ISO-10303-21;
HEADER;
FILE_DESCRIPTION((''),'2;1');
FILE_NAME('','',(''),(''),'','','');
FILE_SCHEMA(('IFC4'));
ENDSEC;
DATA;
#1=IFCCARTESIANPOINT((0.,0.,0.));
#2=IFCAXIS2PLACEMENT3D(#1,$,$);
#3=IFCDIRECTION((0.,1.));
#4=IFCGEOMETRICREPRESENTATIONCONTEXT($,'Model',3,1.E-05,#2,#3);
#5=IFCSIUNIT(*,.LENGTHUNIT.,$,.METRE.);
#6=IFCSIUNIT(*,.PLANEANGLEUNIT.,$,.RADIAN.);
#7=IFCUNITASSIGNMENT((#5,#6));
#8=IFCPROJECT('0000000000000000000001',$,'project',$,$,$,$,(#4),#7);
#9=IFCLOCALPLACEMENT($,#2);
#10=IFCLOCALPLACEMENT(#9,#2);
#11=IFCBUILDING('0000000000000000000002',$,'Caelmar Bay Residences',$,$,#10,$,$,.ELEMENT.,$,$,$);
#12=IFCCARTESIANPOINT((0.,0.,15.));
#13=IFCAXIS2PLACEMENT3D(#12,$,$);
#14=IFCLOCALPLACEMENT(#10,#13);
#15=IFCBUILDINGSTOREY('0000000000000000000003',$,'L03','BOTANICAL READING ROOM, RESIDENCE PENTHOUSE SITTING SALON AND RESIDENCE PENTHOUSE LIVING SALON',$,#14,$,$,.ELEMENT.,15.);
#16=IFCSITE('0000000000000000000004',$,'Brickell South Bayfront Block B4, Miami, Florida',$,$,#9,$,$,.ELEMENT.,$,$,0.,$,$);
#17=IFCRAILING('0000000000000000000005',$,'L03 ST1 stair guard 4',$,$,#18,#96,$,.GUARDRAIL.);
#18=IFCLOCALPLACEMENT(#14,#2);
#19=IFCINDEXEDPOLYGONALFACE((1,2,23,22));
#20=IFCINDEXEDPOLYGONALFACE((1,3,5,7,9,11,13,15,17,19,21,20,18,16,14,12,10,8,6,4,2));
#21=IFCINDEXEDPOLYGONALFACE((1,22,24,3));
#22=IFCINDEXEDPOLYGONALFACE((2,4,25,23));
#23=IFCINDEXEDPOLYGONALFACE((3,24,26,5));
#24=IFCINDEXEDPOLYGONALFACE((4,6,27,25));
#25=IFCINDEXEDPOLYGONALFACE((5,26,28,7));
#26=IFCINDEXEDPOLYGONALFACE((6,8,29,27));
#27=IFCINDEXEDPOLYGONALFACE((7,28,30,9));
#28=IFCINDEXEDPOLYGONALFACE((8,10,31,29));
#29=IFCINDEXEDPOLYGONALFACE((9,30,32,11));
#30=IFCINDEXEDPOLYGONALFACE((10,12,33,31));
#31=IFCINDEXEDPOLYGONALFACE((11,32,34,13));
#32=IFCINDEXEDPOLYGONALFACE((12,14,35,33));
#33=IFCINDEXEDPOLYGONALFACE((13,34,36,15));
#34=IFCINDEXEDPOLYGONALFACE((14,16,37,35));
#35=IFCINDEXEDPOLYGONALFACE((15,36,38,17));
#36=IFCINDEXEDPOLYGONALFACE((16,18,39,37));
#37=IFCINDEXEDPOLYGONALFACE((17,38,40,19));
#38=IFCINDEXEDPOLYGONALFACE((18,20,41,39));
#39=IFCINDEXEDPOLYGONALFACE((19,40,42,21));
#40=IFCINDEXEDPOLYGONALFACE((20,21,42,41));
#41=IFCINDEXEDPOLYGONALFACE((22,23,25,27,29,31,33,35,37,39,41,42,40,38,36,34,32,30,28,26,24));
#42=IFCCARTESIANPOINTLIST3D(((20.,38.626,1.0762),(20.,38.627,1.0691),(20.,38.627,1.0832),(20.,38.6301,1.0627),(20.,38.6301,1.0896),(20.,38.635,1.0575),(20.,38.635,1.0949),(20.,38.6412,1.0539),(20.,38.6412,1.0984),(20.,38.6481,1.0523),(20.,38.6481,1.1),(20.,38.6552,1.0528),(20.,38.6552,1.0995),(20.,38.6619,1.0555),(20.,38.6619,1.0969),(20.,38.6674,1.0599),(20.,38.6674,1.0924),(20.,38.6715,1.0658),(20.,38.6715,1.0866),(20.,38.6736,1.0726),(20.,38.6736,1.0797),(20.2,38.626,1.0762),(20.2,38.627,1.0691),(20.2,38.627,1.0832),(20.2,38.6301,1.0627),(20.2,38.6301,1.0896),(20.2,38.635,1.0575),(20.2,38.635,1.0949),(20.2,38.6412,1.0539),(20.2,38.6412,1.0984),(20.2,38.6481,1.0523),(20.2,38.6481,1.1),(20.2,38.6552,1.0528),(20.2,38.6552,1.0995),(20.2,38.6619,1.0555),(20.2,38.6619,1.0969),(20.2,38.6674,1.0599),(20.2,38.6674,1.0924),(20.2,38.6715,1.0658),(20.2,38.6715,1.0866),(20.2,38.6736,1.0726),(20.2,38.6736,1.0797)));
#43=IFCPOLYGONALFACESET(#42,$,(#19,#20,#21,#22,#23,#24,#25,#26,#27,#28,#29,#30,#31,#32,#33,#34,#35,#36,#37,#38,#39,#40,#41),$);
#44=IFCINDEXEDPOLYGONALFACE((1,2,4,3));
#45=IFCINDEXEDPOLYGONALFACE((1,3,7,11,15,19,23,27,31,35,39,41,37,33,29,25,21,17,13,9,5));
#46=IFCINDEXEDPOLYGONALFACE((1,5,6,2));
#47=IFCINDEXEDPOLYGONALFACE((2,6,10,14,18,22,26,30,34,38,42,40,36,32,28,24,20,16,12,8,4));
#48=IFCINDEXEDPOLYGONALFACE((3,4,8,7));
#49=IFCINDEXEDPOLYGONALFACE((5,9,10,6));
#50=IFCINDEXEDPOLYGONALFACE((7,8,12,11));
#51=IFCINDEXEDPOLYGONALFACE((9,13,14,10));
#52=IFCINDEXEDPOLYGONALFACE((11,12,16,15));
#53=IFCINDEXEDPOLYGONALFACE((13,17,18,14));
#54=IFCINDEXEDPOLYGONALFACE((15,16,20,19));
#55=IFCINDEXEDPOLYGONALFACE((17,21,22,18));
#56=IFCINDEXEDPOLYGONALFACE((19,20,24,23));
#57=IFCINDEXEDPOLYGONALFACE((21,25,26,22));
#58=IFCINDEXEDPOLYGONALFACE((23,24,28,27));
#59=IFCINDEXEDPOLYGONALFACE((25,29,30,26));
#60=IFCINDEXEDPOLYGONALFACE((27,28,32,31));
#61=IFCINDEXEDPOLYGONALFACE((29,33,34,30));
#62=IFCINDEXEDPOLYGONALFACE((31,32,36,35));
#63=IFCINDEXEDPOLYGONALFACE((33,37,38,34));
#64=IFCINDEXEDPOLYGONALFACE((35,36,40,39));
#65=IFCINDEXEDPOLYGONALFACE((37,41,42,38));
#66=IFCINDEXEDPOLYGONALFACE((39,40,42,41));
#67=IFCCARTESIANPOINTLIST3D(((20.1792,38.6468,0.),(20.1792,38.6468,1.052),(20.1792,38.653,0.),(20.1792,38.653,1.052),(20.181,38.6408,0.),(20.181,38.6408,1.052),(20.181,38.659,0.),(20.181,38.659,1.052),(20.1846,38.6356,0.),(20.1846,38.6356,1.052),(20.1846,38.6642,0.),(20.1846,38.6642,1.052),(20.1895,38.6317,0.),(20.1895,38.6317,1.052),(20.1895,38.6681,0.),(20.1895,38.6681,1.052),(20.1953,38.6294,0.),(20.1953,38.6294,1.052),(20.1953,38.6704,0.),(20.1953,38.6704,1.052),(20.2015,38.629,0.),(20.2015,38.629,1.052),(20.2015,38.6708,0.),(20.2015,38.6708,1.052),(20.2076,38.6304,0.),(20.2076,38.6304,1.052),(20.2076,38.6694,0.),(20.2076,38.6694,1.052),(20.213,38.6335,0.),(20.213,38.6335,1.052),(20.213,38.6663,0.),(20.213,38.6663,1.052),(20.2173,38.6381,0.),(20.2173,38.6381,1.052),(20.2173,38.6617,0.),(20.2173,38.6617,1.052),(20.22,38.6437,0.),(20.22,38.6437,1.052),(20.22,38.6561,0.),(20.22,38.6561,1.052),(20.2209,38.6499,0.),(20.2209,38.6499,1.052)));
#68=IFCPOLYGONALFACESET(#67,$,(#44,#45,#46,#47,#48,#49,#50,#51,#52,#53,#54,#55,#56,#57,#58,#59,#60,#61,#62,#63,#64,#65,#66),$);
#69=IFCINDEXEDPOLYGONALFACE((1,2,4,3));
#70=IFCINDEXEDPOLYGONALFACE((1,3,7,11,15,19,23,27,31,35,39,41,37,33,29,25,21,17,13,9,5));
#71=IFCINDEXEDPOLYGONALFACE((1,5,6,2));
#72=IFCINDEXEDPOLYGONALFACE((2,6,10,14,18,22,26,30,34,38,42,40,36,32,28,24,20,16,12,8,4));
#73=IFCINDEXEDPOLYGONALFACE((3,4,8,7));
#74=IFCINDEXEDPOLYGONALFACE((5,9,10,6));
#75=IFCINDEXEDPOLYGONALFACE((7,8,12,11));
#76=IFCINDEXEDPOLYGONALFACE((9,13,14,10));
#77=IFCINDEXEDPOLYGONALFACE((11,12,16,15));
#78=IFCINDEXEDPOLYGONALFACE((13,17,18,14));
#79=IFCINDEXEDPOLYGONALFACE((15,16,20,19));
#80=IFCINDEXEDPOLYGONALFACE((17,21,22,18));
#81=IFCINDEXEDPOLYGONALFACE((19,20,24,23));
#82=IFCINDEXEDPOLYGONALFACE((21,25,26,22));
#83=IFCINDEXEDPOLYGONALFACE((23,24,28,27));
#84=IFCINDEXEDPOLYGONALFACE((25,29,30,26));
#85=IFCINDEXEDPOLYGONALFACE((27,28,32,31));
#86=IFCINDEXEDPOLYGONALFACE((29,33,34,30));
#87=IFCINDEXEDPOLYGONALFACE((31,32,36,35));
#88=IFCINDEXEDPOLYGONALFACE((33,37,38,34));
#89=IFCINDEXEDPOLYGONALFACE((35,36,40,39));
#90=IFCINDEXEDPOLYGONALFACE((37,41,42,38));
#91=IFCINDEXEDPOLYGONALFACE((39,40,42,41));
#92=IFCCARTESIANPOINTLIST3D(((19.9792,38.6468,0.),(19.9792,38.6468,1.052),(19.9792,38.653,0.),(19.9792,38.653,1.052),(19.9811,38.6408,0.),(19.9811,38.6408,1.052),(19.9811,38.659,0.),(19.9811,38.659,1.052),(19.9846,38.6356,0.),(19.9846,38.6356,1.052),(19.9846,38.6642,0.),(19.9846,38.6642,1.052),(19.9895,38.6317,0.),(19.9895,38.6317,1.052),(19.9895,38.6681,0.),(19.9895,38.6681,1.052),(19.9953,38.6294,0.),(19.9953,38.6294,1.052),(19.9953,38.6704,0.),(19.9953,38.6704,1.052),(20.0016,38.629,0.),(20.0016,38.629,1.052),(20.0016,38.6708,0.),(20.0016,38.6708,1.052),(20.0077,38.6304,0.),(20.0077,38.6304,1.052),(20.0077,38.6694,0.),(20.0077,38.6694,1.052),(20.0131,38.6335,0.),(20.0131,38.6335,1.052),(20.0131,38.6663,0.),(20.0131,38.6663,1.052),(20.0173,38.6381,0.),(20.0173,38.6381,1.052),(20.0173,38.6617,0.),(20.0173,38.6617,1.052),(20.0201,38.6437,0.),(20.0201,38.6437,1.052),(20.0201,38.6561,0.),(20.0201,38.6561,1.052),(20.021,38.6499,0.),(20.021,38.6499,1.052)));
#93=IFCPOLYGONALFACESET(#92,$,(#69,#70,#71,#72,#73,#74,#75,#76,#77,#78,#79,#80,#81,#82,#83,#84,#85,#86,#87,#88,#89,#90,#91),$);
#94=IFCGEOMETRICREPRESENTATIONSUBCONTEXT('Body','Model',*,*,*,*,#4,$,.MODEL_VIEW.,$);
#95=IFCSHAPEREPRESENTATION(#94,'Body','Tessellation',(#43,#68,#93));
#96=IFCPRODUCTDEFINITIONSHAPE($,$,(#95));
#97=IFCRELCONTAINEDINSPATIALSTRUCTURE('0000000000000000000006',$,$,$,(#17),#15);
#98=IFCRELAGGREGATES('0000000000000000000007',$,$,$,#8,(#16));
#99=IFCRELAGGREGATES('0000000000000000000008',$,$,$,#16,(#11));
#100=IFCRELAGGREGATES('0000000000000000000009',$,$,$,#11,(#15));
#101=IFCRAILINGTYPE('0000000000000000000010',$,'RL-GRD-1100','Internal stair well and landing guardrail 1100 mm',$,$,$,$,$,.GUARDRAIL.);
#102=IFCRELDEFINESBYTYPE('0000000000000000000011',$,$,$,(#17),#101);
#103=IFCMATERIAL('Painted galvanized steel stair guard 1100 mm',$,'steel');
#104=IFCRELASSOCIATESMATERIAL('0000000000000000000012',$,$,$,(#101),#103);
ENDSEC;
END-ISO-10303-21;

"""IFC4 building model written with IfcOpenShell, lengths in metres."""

from ifc_helpers import new_model, si_unit, direction, frame, origin, origin_2d, place, context, subcontext, project, spatial, circle, extrude, material, type_object, element, save


model = new_model("IFC4")

# Units and contexts
model_context = context("Model", 3, precision=1e-05, world=origin(), true_north=direction((0.0, 1.0)))
body_context = subcontext(model_context, "Body", "Model", "MODEL_VIEW")
ifc_project = project(units=[si_unit("LENGTHUNIT", "METRE"), si_unit("PLANEANGLEUNIT", "RADIAN")], contexts=[model_context])

# Site, building, storey
site_placement = place(None, origin())
site = spatial("IfcSite", under=ifc_project, at=site_placement, Name="Brickell South Bayfront Block B4, Miami, Florida", CompositionType="ELEMENT", RefElevation=0.0)
building_placement = place(site_placement, origin())
building = spatial("IfcBuilding", under=site, at=building_placement, Name="Caelmar Bay Residences", CompositionType="ELEMENT")
storey_placement = place(building_placement, frame((0.0, 0.0, 15.0)))
storey = spatial("IfcBuildingStorey", under=building, at=storey_placement, Name="L03", Description="BOTANICAL READING ROOM, RESIDENCE PENTHOUSE SITTING SALON AND RESIDENCE PENTHOUSE LIVING SALON", CompositionType="ELEMENT", Elevation=15.0)

# Railing
ifc_material_1 = material(Name="Painted galvanized steel stair guard 1100 mm", Category="steel")
railing_type_1 = type_object("IfcRailingType", Name="RL-GRD-1100", Description="Internal stair well and landing guardrail 1100 mm", PredefinedType="GUARDRAIL", material=ifc_material_1)
railing_1_placement = place(storey_placement, frame((20.2, 38.6499, 0.0)))
element("IfcRailing", 1, at=railing_1_placement, inside=storey, type_object=railing_type_1, Name="L03 ST1 stair guard 4", PredefinedType="GUARDRAIL", context=body_context, shape_type="SweptSolid", body=[
    extrude(circle(Radius=0.0239, at=origin_2d()), frame((0.0, 0.0, 1.0762), z_axis=(-1.0, 0.0, 0.0), x_axis=(0.0, -1.0, 0.0)), (0.0, 0.0, 1.0), 0.2),
    extrude(circle(Radius=0.021, at=origin_2d()), origin(), (0.0, 0.0, 1.0), 1.052),
    extrude(circle(Radius=0.021, at=origin_2d()), frame((-0.2, 0.0, 0.0)), (0.0, 0.0, 1.0), 1.052),
])

save(model, "model.ifc")
